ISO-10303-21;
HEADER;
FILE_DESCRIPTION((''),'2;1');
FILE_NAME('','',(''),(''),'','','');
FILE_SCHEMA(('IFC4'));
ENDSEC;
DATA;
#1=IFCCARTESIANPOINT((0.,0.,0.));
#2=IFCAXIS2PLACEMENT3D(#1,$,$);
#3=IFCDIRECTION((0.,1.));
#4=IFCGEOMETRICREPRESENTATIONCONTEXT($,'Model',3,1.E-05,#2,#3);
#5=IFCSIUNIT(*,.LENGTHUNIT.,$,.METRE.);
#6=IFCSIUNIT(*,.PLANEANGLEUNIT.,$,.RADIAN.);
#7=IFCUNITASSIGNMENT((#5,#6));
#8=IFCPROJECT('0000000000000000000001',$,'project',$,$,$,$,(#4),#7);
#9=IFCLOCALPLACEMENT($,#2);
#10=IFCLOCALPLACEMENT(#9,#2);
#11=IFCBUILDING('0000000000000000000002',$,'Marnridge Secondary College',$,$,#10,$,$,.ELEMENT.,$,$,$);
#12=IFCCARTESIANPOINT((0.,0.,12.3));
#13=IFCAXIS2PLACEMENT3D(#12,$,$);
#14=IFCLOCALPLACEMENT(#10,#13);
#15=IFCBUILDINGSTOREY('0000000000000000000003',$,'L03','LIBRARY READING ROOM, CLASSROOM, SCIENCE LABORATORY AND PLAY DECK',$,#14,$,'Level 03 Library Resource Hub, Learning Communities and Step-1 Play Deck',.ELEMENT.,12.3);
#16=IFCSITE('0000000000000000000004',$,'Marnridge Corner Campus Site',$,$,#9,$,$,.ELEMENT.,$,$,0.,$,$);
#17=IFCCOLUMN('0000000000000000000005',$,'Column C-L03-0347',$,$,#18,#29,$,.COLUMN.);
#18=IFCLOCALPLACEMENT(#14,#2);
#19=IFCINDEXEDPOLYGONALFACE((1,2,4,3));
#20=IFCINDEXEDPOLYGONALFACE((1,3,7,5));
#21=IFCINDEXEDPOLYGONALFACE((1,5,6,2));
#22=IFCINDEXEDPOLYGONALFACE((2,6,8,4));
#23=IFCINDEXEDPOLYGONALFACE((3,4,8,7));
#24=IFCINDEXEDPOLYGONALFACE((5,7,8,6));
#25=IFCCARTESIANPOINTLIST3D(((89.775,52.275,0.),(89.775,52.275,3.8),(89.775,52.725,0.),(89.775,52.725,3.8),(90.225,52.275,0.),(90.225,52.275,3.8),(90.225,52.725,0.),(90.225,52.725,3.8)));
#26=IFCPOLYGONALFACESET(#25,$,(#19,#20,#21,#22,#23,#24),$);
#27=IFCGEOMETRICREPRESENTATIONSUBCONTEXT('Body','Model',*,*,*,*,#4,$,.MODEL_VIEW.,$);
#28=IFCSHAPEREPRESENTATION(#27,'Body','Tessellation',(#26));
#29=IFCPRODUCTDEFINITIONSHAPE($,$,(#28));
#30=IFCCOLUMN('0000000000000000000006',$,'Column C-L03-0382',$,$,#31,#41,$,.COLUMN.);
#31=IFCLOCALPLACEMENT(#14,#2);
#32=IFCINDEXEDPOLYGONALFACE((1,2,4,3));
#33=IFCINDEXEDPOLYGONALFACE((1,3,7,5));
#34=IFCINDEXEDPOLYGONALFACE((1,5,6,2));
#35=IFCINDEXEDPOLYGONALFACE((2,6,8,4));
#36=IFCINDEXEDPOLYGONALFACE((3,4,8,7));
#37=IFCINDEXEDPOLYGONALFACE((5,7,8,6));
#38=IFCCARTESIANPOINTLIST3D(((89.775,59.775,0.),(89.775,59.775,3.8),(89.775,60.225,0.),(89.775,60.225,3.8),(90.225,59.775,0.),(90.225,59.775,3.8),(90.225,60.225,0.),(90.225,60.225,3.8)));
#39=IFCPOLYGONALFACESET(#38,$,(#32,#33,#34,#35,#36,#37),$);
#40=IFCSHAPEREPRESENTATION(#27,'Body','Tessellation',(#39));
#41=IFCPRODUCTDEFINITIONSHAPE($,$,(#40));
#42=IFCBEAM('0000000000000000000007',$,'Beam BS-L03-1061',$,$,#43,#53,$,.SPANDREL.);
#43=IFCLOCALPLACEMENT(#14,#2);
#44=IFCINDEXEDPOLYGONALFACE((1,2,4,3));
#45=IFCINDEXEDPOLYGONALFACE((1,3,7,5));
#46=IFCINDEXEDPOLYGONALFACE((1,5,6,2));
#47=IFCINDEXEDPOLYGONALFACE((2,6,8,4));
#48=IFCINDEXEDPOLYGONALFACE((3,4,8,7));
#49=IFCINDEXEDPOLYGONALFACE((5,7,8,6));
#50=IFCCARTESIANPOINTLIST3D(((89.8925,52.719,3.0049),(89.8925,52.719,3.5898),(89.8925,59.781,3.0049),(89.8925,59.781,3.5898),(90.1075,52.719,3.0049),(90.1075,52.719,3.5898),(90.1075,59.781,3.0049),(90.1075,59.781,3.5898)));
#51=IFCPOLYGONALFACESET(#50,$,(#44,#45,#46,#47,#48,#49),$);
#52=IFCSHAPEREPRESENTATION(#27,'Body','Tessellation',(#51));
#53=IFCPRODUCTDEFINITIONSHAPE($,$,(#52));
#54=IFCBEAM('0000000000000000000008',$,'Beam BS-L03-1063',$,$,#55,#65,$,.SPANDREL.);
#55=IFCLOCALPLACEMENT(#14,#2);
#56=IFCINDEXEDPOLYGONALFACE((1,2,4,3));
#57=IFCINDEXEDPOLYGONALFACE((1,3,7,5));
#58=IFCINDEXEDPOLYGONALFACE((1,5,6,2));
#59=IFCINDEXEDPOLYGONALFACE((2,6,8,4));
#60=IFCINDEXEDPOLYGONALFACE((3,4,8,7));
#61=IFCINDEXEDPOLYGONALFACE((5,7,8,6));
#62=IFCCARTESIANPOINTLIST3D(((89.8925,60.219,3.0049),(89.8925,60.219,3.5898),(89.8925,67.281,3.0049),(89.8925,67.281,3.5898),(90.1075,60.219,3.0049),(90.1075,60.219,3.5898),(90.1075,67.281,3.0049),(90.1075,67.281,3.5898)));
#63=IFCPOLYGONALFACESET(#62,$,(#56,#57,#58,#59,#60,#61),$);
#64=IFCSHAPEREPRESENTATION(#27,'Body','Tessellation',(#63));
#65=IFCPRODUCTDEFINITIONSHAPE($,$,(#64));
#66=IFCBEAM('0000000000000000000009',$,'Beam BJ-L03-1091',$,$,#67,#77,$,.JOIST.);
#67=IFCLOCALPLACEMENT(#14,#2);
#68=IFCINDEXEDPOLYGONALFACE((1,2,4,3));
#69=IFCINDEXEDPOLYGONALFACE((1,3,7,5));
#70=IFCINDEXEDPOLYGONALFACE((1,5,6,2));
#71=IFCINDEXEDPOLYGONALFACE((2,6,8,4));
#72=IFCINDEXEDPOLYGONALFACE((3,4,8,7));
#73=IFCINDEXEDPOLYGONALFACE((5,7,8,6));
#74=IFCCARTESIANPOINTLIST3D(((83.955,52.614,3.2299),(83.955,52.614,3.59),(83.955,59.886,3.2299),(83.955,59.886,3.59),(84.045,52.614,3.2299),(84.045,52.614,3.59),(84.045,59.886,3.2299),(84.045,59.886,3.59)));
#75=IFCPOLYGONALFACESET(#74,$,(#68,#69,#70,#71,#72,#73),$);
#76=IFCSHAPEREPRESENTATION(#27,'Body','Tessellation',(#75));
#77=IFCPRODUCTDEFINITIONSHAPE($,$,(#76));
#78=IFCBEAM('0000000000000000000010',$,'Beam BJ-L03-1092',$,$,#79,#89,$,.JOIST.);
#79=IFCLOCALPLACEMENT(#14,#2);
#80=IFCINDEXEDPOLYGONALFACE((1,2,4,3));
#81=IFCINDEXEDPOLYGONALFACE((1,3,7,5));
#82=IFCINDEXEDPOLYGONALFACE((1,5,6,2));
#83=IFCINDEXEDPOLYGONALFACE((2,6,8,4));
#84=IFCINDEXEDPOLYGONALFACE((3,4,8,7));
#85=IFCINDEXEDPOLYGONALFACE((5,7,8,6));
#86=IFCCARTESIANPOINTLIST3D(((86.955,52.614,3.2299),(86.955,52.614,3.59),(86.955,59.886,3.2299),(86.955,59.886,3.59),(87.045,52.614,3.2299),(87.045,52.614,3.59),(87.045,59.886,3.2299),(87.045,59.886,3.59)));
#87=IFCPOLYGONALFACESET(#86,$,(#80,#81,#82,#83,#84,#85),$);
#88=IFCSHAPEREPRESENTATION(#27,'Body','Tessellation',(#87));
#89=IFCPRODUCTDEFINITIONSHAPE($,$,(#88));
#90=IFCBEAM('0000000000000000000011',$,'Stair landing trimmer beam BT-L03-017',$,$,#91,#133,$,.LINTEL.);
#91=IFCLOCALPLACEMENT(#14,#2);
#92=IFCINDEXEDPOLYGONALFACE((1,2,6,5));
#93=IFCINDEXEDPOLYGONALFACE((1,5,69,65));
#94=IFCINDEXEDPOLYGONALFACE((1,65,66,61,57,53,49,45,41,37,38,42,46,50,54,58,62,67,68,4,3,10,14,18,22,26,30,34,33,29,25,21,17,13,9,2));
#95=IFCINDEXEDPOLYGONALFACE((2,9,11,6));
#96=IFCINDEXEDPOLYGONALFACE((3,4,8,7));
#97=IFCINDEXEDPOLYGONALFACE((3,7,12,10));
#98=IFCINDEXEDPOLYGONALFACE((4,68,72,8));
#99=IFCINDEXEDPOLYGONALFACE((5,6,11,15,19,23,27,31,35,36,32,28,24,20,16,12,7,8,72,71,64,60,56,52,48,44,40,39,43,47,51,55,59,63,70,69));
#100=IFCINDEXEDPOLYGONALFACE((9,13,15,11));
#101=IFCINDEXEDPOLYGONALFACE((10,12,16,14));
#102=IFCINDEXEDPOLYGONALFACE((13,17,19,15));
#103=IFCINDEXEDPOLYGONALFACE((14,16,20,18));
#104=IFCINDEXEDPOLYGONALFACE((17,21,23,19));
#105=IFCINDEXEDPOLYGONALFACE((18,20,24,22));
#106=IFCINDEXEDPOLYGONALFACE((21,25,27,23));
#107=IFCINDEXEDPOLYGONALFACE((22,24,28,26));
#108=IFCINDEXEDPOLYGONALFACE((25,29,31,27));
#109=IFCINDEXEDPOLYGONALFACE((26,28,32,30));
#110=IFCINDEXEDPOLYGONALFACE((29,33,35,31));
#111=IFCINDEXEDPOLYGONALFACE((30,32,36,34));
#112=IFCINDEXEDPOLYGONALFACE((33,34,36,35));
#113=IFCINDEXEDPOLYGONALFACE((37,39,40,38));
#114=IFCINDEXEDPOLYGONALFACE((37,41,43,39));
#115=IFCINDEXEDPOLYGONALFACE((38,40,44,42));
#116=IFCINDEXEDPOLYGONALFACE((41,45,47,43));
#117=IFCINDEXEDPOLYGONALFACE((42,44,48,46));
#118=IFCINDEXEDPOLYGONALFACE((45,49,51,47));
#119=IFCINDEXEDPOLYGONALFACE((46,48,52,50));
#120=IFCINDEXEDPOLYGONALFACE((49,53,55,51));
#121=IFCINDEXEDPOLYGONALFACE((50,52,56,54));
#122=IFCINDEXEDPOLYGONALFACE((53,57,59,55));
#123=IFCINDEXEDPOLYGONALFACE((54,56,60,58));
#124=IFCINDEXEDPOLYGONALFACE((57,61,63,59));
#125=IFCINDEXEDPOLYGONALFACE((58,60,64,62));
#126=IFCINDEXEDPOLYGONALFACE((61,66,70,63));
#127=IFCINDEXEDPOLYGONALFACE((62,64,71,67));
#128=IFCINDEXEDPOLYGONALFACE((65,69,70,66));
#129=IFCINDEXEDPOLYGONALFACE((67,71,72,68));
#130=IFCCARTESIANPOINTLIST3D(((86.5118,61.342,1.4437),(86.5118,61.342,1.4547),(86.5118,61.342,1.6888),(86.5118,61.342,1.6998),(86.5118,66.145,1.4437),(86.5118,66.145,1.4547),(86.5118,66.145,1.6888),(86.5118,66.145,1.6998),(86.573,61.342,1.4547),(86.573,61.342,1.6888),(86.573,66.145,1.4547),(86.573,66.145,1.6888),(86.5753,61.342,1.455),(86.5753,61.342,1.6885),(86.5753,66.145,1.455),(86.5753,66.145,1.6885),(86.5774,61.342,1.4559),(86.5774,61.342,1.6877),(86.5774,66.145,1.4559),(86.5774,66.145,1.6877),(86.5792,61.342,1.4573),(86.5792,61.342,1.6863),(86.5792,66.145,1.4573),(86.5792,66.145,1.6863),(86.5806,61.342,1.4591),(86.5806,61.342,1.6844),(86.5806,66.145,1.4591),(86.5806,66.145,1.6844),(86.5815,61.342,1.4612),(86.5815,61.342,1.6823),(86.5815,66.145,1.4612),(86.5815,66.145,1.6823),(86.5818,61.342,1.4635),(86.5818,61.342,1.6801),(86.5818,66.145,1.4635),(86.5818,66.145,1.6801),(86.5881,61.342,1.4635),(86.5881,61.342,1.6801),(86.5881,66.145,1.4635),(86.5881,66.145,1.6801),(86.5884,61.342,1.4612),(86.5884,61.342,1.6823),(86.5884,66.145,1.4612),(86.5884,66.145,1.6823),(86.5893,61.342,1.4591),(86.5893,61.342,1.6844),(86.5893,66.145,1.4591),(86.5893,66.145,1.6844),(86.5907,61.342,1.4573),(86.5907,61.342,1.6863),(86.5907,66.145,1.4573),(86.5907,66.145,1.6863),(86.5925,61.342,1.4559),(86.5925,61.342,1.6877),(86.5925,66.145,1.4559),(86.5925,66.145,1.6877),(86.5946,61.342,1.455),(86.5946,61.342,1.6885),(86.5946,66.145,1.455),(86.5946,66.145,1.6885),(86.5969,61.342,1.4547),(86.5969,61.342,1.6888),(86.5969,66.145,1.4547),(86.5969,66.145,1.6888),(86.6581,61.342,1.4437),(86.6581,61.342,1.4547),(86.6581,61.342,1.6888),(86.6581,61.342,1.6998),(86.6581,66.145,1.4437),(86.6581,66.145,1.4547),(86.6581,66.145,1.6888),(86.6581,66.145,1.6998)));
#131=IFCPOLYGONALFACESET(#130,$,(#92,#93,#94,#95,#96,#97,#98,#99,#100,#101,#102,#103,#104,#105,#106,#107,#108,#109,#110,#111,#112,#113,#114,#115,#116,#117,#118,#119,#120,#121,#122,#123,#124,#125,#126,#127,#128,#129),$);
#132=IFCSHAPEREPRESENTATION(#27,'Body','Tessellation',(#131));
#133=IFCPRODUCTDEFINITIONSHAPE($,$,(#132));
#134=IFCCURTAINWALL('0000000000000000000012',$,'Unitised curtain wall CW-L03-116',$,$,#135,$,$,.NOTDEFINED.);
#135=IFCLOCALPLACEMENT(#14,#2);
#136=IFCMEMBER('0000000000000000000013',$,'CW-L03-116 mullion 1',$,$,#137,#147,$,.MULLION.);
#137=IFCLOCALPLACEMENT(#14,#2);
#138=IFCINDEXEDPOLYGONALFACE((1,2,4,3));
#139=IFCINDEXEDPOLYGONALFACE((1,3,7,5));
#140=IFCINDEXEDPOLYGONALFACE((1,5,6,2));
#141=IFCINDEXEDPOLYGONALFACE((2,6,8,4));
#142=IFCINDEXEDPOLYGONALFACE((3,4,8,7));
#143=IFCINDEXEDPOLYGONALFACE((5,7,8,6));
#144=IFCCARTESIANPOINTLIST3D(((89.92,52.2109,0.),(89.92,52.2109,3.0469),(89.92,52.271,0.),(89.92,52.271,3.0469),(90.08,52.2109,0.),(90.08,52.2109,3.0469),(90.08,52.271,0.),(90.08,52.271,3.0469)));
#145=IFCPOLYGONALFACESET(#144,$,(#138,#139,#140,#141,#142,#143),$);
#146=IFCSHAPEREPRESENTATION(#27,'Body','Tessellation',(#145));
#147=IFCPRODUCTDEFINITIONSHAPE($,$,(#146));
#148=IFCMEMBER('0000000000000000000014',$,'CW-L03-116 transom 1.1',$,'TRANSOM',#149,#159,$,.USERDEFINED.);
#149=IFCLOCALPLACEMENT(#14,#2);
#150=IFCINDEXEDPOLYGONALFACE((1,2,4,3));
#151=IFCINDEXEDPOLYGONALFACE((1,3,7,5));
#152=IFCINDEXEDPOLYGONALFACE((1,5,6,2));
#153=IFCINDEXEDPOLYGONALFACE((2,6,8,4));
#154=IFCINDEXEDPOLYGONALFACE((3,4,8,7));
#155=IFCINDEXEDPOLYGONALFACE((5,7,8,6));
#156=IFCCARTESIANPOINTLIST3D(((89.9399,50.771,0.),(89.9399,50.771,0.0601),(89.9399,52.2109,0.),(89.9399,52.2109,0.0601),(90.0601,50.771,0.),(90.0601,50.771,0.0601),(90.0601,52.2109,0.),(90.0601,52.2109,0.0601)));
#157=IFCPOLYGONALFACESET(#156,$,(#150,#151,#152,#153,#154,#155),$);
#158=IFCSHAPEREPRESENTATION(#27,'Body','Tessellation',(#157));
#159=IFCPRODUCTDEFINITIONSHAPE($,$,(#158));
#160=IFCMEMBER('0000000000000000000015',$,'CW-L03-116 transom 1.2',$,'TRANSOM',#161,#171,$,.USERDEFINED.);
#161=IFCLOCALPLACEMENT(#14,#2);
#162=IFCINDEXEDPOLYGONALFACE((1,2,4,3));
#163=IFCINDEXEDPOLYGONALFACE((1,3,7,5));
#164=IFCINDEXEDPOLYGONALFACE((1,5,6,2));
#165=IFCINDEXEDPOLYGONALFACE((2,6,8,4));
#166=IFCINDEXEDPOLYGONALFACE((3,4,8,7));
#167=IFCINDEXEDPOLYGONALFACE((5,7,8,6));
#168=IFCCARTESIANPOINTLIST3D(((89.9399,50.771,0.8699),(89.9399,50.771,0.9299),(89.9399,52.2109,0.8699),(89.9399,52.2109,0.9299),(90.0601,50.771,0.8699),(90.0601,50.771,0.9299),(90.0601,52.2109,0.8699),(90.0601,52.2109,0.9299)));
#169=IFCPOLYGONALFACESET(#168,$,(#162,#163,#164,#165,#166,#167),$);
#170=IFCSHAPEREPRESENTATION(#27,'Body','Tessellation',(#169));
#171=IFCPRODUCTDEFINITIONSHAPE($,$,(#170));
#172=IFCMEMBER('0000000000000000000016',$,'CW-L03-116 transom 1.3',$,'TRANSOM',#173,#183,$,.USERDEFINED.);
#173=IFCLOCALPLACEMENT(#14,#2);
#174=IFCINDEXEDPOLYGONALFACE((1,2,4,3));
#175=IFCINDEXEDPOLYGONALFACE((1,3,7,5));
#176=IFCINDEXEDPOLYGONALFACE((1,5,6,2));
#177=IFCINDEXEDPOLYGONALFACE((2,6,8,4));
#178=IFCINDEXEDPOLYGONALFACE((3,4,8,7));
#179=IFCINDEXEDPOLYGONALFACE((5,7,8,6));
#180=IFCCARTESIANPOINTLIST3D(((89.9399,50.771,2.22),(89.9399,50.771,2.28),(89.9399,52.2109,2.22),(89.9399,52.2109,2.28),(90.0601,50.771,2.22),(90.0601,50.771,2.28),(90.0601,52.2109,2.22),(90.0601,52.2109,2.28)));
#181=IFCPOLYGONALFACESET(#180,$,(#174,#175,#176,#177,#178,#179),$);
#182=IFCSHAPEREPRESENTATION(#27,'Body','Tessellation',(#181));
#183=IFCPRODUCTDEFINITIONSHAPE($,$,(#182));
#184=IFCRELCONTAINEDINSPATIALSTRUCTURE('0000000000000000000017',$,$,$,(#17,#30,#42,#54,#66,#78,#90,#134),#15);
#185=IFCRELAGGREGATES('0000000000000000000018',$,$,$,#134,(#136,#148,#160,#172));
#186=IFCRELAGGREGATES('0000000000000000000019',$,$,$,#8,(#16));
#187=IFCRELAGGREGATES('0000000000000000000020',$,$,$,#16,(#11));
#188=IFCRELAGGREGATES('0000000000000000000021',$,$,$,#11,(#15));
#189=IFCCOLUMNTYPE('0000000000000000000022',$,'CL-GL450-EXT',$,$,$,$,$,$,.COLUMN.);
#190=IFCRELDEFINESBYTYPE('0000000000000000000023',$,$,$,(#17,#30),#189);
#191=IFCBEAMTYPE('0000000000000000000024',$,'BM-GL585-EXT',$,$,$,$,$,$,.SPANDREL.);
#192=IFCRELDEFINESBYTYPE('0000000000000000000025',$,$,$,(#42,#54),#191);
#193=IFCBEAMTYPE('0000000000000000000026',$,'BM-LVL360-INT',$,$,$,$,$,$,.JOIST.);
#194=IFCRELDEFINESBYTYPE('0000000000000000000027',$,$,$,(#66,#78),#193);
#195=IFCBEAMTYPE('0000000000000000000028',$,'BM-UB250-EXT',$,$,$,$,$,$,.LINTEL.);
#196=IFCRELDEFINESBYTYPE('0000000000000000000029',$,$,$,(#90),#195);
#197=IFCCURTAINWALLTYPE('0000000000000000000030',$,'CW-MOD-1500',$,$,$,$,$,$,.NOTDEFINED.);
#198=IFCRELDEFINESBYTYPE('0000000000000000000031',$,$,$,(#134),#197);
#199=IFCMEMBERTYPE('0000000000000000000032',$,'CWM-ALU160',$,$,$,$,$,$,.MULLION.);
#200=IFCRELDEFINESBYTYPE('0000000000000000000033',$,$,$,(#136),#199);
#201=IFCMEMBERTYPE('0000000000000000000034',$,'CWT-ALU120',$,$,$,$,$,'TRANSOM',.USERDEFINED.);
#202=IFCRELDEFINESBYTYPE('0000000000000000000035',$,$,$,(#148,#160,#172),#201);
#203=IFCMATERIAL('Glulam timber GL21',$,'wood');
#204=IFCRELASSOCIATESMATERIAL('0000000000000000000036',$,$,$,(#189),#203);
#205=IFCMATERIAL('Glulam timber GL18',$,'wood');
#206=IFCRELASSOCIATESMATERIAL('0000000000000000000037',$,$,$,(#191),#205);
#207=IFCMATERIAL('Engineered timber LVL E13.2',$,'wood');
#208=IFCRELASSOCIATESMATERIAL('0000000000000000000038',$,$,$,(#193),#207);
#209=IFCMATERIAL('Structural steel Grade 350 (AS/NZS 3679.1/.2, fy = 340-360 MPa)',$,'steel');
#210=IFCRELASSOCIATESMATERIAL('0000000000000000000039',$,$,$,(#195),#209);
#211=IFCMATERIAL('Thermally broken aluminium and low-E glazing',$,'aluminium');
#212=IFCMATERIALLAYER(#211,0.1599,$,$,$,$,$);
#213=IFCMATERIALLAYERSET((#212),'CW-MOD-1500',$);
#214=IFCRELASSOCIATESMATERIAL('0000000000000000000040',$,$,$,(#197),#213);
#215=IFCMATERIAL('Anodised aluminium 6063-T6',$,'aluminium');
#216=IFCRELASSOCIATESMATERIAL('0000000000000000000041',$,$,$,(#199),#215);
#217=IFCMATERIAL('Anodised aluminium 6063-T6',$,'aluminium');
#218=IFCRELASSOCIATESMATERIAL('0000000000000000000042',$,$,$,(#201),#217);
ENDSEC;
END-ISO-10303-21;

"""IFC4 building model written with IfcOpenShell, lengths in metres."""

from ifc_helpers import new_model, si_unit, direction, frame, origin, origin_2d, place, context, subcontext, project, spatial, rectangle, i_section, extrude, material, layer, layer_set, material_profile, profile_set, type_object, element, aggregate, save


model = new_model("IFC4")

# Units and contexts
model_context = context("Model", 3, precision=1e-05, world=origin(), true_north=direction((0.0, 1.0)))
body_context = subcontext(model_context, "Body", "Model", "MODEL_VIEW")
ifc_project = project(units=[si_unit("LENGTHUNIT", "METRE"), si_unit("PLANEANGLEUNIT", "RADIAN")], contexts=[model_context])

# Site, building, storey
site_placement = place(None, origin())
site = spatial("IfcSite", under=ifc_project, at=site_placement, Name="Marnridge Corner Campus Site", CompositionType="ELEMENT", RefElevation=0.0)
building_placement = place(site_placement, origin())
building = spatial("IfcBuilding", under=site, at=building_placement, Name="Marnridge Secondary College", CompositionType="ELEMENT")
storey_placement = place(building_placement, frame((0.0, 0.0, 12.3)))
storey = spatial("IfcBuildingStorey", under=building, at=storey_placement, Name="L03", Description="LIBRARY READING ROOM, CLASSROOM, SCIENCE LABORATORY AND PLAY DECK", LongName="Level 03 Library Resource Hub, Learning Communities and Step-1 Play Deck", CompositionType="ELEMENT", Elevation=12.3)

# Columns
ifc_material_1 = material(Name="Glulam timber GL21", Category="wood")
ifc_material_profile_1 = material_profile(ifc_material_1, rectangle(XDim=0.45, YDim=0.45, at=origin_2d()), Name="GL21 450x450")
ifc_profile_set_1 = profile_set([ifc_material_profile_1], Name="Glulam timber GL21")
column_type = type_object("IfcColumnType", Name="CL-GL450-EXT", PredefinedType="COLUMN", material=ifc_profile_set_1)
for number, where, z_axis, x_axis, name in (
    (1, (90.0, 52.5, 0.0), (0.0, 0.0, 1.0), (1.0, 0.0, 0.0), "Column C-L03-0347"),
    (2, (90.0, 60.0, 0.0), (0.0, 0.0, 1.0), (1.0, 0.0, 0.0), "Column C-L03-0382"),
):
    element("IfcColumn", number, at=place(storey_placement, frame(where, z_axis=z_axis, x_axis=x_axis)), inside=storey, type_object=column_type, Name=name, PredefinedType="COLUMN", context=body_context, shape_type="SweptSolid", body=[
        extrude(rectangle(XDim=0.45, YDim=0.45, at=origin_2d()), origin(), (0.0, 0.0, 1.0), 3.8),
    ])

# Beams
ifc_material_2 = material(Name="Glulam timber GL18", Category="wood")
ifc_material_profile_2 = material_profile(ifc_material_2, rectangle(XDim=0.2151, YDim=0.585, at=origin_2d()), Name="GL18 215x585")
ifc_profile_set_2 = profile_set([ifc_material_profile_2], Name="Glulam timber GL18")
beam_type_1 = type_object("IfcBeamType", Name="BM-GL585-EXT", PredefinedType="SPANDREL", material=ifc_profile_set_2)
for number, where, z_axis, x_axis, name in (
    (3, (90.0, 52.719, 3.2974), (0.0, 1.0, 0.0), (-1.0, 0.0, 0.0), "Beam BS-L03-1061"),
    (4, (90.0, 60.219, 3.2974), (0.0, 1.0, 0.0), (-1.0, 0.0, 0.0), "Beam BS-L03-1063"),
):
    element("IfcBeam", number, at=place(storey_placement, frame(where, z_axis=z_axis, x_axis=x_axis)), inside=storey, type_object=beam_type_1, Name=name, PredefinedType="SPANDREL", context=body_context, shape_type="SweptSolid", body=[
        extrude(rectangle(XDim=0.2151, YDim=0.585, at=origin_2d()), origin(), (0.0, 0.0, 1.0), 7.062),
    ])
ifc_material_3 = material(Name="Engineered timber LVL E13.2", Category="wood")
ifc_material_profile_3 = material_profile(ifc_material_3, rectangle(XDim=0.0901, YDim=0.3601, at=origin_2d()), Name="LVL 90x360")
ifc_profile_set_3 = profile_set([ifc_material_profile_3], Name="Engineered timber LVL E13.2")
beam_type_2 = type_object("IfcBeamType", Name="BM-LVL360-INT", PredefinedType="JOIST", material=ifc_profile_set_3)
for number, where, z_axis, x_axis, name in (
    (5, (84.0, 52.614, 3.4099), (0.0, 1.0, 0.0), (-1.0, 0.0, 0.0), "Beam BJ-L03-1091"),
    (6, (87.0, 52.614, 3.4099), (0.0, 1.0, 0.0), (-1.0, 0.0, 0.0), "Beam BJ-L03-1092"),
):
    element("IfcBeam", number, at=place(storey_placement, frame(where, z_axis=z_axis, x_axis=x_axis)), inside=storey, type_object=beam_type_2, Name=name, PredefinedType="JOIST", context=body_context, shape_type="SweptSolid", body=[
        extrude(rectangle(XDim=0.0901, YDim=0.3601, at=origin_2d()), origin(), (0.0, 0.0, 1.0), 7.272),
    ])
ifc_material_4 = material(Name="Structural steel Grade 350 (AS/NZS 3679.1/.2, fy = 340-360 MPa)", Category="steel")
ifc_material_profile_4 = material_profile(ifc_material_4, i_section(OverallWidth=0.1462, OverallDepth=0.2561, WebThickness=0.0063, FlangeThickness=0.011, FilletRadius=0.0088, at=origin_2d()), Name="250UB37.3")
ifc_profile_set_4 = profile_set([ifc_material_profile_4], Name="Structural steel Grade 350 (AS/NZS 3679.1/.2, fy = 340-360 MPa)")
beam_type_3 = type_object("IfcBeamType", Name="BM-UB250-EXT", PredefinedType="LINTEL", material=ifc_profile_set_4)
beam_placement = place(storey_placement, frame((86.585, 61.342, 1.5718), z_axis=(0.0, 1.0, 0.0), x_axis=(-1.0, 0.0, 0.0)))
element("IfcBeam", 7, at=beam_placement, inside=storey, type_object=beam_type_3, Name="Stair landing trimmer beam BT-L03-017", PredefinedType="LINTEL", context=body_context, shape_type="SweptSolid", body=[
    extrude(i_section(OverallWidth=0.1462, OverallDepth=0.2561, WebThickness=0.0063, FlangeThickness=0.011, FilletRadius=0.0088, at=origin_2d()), origin(), (0.0, 0.0, 1.0), 4.803),
])

# Curtain wall, members
ifc_material_5 = material(Name="Thermally broken aluminium and low-E glazing", Category="aluminium")
ifc_layer_1 = layer(ifc_material_5, 0.1599)
ifc_layer_set_1 = layer_set([ifc_layer_1], Name="CW-MOD-1500")
curtain_wall_type = type_object("IfcCurtainWallType", Name="CW-MOD-1500", PredefinedType="NOTDEFINED", material=ifc_layer_set_1)
curtain_wall_placement = place(storey_placement, origin())
curtain_wall = element("IfcCurtainWall", 8, at=curtain_wall_placement, inside=storey, type_object=curtain_wall_type, Name="Unitised curtain wall CW-L03-116", PredefinedType="NOTDEFINED")
ifc_material_6 = material(Name="Anodised aluminium 6063-T6", Category="aluminium")
ifc_material_profile_5 = material_profile(ifc_material_6, rectangle(XDim=0.0601, YDim=0.1599, at=origin_2d()), Name="ALU 60x160")
ifc_profile_set_5 = profile_set([ifc_material_profile_5], Name="Anodised aluminium 6063-T6")
member_type_1 = type_object("IfcMemberType", Name="CWM-ALU160", PredefinedType="MULLION", material=ifc_profile_set_5)
member_1_placement = place(storey_placement, frame((90.0, 52.241, 0.0), z_axis=(0.0, 0.0, 1.0), x_axis=(0.0, -1.0, 0.0)))
member_1 = element("IfcMember", 9, at=member_1_placement, type_object=member_type_1, Name="CW-L03-116 mullion 1", PredefinedType="MULLION", context=body_context, shape_type="SweptSolid", body=[
    extrude(rectangle(XDim=0.0601, YDim=0.1599, at=origin_2d()), origin(), (0.0, 0.0, 1.0), 3.0469),
])
ifc_material_7 = material(Name="Anodised aluminium 6063-T6", Category="aluminium")
ifc_material_profile_6 = material_profile(ifc_material_7, rectangle(XDim=0.0601, YDim=0.1201, at=origin_2d()), Name="ALU 60x120")
ifc_profile_set_6 = profile_set([ifc_material_profile_6], Name="Anodised aluminium 6063-T6")
member_type_2 = type_object("IfcMemberType", Name="CWT-ALU120", ElementType="TRANSOM", PredefinedType="USERDEFINED", material=ifc_profile_set_6)
member_2_placement = place(storey_placement, frame((90.0, 52.2109, 0.03), z_axis=(0.0, -1.0, 0.0), x_axis=(0.0, 0.0, 1.0)))
member_2 = element("IfcMember", 10, at=member_2_placement, type_object=member_type_2, Name="CW-L03-116 transom 1.1", ObjectType="TRANSOM", PredefinedType="USERDEFINED", context=body_context, shape_type="SweptSolid", body=[
    extrude(rectangle(XDim=0.0601, YDim=0.1201, at=origin_2d()), origin(), (0.0, 0.0, 1.0), 1.4399),
])
member_3_placement = place(storey_placement, frame((90.0, 52.2109, 0.8999), z_axis=(0.0, -1.0, 0.0), x_axis=(0.0, 0.0, 1.0)))
member_3 = element("IfcMember", 11, at=member_3_placement, type_object=member_type_2, Name="CW-L03-116 transom 1.2", ObjectType="TRANSOM", PredefinedType="USERDEFINED", context=body_context, shape_type="SweptSolid", body=[
    extrude(rectangle(XDim=0.0601, YDim=0.1201, at=origin_2d()), origin(), (0.0, 0.0, 1.0), 1.4399),
])
member_4_placement = place(storey_placement, frame((90.0, 52.2109, 2.25), z_axis=(0.0, -1.0, 0.0), x_axis=(0.0, 0.0, 1.0)))
member_4 = element("IfcMember", 12, at=member_4_placement, type_object=member_type_2, Name="CW-L03-116 transom 1.3", ObjectType="TRANSOM", PredefinedType="USERDEFINED", context=body_context, shape_type="SweptSolid", body=[
    extrude(rectangle(XDim=0.0601, YDim=0.1201, at=origin_2d()), origin(), (0.0, 0.0, 1.0), 1.4399),
])

aggregate(curtain_wall, [member_1, member_2, member_3, member_4])

save(model, "model.ifc")
